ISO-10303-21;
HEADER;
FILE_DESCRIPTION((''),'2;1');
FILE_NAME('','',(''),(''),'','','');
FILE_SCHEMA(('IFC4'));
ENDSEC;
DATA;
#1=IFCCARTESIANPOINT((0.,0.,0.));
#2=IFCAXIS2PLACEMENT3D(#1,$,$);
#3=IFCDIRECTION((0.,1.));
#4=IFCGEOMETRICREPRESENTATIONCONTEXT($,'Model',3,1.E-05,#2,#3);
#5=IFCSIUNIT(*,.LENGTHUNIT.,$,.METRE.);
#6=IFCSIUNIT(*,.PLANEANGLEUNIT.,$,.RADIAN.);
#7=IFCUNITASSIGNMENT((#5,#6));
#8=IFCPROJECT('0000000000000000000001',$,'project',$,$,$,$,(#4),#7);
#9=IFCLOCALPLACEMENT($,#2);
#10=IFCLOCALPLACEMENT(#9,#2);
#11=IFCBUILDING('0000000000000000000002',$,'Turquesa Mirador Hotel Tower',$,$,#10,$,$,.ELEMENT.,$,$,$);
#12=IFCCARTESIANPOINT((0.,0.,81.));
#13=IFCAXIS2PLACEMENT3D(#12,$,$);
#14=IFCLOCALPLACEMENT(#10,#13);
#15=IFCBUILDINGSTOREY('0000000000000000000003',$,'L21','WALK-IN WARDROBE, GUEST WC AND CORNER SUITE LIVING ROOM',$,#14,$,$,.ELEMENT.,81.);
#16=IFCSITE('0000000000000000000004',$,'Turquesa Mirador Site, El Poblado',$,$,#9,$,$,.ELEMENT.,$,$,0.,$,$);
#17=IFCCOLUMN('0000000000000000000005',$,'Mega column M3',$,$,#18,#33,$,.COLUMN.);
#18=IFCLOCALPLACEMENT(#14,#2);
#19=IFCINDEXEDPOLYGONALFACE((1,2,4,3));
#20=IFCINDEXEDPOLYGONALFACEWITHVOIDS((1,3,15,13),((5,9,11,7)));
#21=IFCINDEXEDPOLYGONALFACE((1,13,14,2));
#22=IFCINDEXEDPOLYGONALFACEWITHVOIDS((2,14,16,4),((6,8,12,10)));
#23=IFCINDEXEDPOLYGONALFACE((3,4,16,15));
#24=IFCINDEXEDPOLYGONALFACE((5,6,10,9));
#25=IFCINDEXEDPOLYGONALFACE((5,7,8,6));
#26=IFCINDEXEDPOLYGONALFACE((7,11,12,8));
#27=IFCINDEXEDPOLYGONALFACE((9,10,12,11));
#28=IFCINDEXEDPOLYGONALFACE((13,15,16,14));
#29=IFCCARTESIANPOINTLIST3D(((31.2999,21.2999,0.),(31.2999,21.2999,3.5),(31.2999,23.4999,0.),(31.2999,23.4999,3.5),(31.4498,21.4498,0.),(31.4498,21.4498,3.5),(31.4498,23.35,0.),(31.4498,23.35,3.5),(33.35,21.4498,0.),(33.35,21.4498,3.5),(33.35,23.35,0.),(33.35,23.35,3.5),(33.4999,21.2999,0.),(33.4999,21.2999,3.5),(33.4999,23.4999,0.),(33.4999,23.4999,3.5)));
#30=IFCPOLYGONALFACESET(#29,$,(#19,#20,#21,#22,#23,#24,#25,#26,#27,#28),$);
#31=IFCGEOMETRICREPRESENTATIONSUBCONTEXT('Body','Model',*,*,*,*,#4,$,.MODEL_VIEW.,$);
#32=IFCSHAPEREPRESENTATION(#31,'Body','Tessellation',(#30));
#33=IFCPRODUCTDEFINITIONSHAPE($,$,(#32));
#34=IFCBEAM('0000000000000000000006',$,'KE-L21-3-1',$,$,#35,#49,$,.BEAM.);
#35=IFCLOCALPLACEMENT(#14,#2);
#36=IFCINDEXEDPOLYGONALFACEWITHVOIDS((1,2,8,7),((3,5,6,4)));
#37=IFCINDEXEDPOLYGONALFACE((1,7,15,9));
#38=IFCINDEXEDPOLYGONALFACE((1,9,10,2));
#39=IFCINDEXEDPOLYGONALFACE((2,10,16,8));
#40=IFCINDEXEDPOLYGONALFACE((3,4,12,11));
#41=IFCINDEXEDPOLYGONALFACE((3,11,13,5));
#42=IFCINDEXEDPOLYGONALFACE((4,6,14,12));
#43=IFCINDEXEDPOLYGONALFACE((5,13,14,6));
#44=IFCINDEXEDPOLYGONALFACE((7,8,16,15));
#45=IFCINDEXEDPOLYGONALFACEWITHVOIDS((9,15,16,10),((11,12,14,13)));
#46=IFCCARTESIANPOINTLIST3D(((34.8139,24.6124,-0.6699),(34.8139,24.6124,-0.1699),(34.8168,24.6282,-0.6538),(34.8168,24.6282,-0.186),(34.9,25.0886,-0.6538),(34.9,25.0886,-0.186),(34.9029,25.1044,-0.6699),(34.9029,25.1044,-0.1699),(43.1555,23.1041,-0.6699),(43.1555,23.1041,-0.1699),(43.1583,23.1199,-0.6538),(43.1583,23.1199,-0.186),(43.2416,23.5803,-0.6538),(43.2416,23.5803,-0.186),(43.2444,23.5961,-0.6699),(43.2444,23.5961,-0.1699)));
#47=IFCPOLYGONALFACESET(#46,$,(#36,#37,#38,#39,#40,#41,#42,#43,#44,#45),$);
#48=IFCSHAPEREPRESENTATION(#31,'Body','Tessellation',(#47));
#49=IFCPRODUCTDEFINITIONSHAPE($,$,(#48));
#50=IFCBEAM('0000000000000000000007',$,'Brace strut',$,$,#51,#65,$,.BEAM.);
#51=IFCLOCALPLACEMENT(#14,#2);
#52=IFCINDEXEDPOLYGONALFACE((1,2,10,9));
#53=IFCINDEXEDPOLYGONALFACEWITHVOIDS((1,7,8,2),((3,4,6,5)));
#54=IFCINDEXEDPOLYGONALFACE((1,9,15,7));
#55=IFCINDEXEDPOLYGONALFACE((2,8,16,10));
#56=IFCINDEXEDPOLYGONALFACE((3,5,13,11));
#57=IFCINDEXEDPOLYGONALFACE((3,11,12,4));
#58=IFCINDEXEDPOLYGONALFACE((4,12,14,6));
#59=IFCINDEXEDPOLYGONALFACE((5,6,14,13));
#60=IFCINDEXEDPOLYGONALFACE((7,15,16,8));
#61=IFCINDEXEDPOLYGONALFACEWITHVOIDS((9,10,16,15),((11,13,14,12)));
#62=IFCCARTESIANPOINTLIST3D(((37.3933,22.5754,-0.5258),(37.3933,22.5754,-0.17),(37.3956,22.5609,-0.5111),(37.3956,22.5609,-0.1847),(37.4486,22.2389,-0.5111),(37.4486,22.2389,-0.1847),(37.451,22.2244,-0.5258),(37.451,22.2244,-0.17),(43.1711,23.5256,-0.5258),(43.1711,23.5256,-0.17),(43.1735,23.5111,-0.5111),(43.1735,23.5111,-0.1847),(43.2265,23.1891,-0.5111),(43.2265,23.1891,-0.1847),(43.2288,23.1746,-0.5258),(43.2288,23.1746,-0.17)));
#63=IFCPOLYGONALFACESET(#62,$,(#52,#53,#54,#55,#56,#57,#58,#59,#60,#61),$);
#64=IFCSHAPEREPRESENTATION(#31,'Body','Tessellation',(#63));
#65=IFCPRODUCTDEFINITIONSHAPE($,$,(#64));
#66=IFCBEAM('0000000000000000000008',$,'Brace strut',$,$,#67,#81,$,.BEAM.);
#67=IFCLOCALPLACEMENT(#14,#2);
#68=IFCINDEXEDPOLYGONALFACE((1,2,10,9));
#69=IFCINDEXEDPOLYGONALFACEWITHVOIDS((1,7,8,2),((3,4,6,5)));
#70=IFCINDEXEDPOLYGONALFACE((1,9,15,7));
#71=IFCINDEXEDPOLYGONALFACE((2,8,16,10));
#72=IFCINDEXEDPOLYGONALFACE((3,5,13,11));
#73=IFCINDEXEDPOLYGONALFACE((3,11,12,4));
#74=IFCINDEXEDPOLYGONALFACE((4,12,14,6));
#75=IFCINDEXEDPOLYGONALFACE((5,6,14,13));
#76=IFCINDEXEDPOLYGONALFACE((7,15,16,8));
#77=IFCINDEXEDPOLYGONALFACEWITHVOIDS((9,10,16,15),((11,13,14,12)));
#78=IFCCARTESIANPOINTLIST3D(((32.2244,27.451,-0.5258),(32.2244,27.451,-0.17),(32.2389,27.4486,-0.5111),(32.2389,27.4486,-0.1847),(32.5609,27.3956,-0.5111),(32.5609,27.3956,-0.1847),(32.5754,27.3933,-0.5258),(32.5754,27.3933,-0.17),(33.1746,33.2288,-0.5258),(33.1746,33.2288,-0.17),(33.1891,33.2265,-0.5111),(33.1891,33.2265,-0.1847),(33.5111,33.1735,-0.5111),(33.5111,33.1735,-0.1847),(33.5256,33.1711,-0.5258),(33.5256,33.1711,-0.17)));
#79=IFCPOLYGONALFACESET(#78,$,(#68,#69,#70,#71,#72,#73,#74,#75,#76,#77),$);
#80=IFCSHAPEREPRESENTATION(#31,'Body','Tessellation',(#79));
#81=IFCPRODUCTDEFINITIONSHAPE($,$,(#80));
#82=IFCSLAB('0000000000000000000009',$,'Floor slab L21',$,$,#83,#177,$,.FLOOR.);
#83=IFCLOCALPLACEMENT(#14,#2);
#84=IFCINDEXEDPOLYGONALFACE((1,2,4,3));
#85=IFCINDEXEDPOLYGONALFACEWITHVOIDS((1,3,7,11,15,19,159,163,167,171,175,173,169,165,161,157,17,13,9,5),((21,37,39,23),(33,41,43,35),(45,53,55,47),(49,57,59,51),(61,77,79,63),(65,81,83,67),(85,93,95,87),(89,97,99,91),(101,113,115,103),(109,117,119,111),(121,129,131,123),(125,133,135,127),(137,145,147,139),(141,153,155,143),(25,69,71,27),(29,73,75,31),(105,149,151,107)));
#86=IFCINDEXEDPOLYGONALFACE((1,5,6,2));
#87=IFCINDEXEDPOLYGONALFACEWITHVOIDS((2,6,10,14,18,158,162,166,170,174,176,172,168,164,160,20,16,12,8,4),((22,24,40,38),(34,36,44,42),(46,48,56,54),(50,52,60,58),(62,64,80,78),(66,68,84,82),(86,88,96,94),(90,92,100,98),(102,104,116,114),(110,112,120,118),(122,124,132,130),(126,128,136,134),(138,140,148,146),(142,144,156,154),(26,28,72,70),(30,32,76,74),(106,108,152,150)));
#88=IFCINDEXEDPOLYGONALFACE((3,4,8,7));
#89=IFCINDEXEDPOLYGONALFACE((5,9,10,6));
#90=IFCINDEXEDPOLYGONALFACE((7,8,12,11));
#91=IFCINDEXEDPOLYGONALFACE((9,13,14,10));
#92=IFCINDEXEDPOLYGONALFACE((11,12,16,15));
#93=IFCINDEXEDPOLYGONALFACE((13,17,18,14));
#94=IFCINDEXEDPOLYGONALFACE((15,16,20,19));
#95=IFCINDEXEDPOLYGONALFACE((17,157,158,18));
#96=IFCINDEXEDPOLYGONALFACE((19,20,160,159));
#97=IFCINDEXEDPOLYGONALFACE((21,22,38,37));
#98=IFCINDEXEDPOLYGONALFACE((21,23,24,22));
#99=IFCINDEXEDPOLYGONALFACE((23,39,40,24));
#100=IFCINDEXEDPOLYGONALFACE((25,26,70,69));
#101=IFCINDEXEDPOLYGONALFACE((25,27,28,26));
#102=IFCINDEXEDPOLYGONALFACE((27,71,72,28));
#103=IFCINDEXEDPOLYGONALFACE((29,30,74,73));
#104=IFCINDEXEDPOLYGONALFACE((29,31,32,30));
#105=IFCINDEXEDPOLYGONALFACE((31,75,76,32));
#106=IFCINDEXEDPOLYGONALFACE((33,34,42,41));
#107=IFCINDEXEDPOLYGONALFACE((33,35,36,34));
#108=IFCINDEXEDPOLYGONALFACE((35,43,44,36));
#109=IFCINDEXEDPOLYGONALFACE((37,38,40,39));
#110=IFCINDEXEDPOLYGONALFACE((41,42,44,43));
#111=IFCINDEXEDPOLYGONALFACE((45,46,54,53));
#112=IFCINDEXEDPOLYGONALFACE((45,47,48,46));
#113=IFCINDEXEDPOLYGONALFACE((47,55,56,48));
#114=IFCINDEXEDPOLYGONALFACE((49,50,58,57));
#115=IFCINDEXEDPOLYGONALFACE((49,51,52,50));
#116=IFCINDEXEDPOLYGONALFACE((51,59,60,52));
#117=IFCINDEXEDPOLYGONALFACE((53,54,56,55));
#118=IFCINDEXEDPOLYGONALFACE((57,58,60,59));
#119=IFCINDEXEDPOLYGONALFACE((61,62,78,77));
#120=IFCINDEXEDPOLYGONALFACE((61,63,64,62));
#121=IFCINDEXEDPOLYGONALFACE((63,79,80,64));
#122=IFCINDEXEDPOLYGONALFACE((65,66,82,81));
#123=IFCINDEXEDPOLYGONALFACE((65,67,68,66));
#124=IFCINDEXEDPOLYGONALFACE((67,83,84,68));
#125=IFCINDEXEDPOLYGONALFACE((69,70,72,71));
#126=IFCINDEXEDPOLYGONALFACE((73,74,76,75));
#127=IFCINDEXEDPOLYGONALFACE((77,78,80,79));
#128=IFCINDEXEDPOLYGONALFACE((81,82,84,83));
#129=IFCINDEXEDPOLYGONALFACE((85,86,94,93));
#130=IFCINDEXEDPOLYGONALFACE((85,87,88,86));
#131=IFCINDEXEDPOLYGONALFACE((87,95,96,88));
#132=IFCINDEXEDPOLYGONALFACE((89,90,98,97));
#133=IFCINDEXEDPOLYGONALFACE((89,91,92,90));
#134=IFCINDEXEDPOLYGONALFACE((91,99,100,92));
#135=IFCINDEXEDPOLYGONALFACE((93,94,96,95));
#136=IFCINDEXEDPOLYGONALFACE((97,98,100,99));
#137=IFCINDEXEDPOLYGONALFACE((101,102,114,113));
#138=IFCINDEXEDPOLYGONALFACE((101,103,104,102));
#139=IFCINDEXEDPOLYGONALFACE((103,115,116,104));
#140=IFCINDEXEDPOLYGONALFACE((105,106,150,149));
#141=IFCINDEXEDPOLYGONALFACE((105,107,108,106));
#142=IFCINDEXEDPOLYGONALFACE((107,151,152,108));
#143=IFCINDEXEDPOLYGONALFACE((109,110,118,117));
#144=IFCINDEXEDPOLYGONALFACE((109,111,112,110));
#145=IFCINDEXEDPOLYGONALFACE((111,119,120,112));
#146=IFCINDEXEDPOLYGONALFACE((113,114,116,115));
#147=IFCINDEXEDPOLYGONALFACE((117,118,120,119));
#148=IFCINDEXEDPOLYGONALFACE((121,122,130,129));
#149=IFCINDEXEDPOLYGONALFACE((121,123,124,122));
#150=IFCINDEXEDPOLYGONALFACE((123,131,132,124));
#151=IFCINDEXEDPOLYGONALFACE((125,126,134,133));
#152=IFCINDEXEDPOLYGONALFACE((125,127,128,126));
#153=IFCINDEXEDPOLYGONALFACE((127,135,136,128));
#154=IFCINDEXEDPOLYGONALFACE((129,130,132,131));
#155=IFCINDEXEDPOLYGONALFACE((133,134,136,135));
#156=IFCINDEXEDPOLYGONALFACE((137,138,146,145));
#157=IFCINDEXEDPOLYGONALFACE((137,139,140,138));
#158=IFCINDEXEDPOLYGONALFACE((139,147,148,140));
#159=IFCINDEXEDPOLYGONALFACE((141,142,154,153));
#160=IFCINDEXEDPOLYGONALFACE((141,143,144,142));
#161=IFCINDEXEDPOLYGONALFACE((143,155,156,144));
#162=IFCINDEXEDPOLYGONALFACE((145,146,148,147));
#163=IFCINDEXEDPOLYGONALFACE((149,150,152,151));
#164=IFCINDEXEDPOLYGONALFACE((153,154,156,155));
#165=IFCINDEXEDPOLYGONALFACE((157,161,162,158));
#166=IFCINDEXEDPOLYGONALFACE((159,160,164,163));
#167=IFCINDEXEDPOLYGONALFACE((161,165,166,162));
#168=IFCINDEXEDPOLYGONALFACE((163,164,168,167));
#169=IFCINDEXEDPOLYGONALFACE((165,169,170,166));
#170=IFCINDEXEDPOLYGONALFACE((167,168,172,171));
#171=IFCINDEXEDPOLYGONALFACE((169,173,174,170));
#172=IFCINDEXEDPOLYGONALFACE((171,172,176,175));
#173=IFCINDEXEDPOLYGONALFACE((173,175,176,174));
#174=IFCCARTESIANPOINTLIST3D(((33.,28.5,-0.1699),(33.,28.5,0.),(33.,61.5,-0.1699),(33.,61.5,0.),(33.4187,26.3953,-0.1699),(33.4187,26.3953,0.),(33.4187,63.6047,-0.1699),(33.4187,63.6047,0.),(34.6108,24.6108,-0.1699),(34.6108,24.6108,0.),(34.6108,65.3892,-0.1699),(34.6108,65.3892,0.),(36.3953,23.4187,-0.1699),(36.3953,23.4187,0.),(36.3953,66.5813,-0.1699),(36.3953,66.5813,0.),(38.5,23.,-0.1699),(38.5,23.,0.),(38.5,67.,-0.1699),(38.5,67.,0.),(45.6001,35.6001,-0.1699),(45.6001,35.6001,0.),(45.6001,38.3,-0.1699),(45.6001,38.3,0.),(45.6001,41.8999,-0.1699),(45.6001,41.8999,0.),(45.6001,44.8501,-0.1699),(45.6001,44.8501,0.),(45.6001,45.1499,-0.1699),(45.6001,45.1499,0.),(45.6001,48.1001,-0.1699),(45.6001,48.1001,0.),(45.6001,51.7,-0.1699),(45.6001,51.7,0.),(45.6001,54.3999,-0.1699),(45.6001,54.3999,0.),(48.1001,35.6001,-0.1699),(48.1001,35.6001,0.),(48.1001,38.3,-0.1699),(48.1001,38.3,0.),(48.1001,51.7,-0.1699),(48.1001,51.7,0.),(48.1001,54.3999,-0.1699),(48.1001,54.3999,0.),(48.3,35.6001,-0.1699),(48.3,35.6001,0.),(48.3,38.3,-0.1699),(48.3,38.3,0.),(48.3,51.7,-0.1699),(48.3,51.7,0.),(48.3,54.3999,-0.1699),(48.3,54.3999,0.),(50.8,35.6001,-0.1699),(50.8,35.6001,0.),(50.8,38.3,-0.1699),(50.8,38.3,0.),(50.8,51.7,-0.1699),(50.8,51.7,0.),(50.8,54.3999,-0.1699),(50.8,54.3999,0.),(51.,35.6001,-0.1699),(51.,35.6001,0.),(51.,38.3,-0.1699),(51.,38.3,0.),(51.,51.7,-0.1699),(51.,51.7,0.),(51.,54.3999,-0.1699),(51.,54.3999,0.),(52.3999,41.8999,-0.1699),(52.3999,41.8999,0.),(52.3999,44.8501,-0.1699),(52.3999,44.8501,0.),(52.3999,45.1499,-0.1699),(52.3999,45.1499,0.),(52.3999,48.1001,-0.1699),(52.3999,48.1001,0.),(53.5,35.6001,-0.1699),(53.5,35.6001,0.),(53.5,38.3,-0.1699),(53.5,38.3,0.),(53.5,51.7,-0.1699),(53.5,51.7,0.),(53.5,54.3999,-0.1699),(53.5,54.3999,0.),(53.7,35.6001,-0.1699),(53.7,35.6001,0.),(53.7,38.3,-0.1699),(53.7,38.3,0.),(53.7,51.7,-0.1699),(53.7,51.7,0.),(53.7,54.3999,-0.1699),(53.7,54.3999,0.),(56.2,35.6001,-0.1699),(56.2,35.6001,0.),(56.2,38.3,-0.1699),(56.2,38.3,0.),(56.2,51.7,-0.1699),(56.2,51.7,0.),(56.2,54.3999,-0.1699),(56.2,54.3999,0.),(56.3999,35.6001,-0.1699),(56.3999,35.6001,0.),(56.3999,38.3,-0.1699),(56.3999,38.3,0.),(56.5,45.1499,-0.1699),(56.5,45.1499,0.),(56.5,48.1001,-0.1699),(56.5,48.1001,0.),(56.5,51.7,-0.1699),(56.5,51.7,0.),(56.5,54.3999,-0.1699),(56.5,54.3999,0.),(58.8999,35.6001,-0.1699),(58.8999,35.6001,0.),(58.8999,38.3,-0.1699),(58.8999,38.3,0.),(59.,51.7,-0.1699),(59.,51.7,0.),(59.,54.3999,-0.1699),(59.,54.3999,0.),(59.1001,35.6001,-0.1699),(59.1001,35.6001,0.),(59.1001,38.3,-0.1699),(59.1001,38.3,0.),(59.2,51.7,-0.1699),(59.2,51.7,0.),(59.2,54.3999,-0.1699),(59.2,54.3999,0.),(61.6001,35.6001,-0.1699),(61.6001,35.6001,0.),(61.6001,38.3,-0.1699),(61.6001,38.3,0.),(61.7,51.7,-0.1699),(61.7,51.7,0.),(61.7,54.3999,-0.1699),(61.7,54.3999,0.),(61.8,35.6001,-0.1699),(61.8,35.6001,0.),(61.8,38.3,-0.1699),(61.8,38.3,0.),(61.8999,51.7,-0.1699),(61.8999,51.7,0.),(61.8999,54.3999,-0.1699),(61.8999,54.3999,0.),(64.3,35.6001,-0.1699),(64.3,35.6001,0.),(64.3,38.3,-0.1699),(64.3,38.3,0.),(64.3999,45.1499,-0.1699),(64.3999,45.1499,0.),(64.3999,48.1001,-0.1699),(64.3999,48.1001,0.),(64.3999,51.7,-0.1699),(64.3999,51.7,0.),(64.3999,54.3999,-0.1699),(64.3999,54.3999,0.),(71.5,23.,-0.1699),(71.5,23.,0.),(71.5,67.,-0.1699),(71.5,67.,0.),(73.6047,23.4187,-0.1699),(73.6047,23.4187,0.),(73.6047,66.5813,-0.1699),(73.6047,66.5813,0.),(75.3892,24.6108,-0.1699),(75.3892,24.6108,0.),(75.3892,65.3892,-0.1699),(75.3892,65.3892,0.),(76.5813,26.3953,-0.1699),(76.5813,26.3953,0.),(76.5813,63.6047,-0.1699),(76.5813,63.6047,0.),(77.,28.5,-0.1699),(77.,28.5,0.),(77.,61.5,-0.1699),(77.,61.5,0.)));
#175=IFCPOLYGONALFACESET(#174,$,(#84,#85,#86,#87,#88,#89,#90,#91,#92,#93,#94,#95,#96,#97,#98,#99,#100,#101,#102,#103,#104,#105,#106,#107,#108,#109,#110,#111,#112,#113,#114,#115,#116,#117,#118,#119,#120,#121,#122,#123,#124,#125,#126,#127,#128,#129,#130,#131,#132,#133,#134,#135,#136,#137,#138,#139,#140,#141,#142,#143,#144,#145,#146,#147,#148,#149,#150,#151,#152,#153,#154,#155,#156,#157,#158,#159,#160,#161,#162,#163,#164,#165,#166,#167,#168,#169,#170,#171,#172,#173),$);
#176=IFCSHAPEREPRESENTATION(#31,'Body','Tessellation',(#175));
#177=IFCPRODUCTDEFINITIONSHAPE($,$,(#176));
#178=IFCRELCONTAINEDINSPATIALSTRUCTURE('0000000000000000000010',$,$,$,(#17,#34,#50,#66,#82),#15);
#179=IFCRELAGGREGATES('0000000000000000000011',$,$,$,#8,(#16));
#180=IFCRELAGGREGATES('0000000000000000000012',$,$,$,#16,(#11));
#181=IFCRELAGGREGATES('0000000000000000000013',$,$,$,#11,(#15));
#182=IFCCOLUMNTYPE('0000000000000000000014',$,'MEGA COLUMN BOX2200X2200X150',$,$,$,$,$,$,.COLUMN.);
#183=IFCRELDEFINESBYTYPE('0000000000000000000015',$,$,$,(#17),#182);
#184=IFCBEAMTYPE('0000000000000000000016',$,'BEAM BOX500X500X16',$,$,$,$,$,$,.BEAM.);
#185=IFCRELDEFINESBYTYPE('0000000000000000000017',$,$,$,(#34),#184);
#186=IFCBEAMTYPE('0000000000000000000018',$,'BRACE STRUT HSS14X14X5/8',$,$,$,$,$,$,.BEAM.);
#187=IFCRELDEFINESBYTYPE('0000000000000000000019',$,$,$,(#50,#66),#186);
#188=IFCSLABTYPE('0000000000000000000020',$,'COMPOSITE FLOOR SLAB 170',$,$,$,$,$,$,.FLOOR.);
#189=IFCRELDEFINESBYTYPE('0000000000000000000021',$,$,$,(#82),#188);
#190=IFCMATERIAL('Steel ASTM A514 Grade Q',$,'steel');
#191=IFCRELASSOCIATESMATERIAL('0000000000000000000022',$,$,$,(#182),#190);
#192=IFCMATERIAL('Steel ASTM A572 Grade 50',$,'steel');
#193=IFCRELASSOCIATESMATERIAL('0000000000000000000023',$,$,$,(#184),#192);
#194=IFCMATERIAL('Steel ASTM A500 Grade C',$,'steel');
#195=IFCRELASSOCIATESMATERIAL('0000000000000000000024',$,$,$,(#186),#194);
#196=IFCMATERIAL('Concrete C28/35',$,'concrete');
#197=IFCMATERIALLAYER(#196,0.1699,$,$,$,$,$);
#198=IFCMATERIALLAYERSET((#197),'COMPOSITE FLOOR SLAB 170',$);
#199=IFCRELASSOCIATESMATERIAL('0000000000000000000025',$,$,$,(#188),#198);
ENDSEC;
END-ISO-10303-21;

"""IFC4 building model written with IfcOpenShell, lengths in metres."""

from ifc_helpers import new_model, si_unit, direction, frame, origin, origin_2d, place, context, subcontext, project, spatial, polyline, hollow_rectangle, outline, extrude, material, layer, layer_set, material_profile, profile_set, type_object, element, save


model = new_model("IFC4")

# Units and contexts
model_context = context("Model", 3, precision=1e-05, world=origin(), true_north=direction((0.0, 1.0)))
body_context = subcontext(model_context, "Body", "Model", "MODEL_VIEW")
ifc_project = project(units=[si_unit("LENGTHUNIT", "METRE"), si_unit("PLANEANGLEUNIT", "RADIAN")], contexts=[model_context])

# Site, building, storey
site_placement = place(None, origin())
site = spatial("IfcSite", under=ifc_project, at=site_placement, Name="Turquesa Mirador Site, El Poblado", CompositionType="ELEMENT", RefElevation=0.0)
building_placement = place(site_placement, origin())
building = spatial("IfcBuilding", under=site, at=building_placement, Name="Turquesa Mirador Hotel Tower", CompositionType="ELEMENT")
storey_placement = place(building_placement, frame((0.0, 0.0, 81.0)))
storey = spatial("IfcBuildingStorey", under=building, at=storey_placement, Name="L21", Description="WALK-IN WARDROBE, GUEST WC AND CORNER SUITE LIVING ROOM", CompositionType="ELEMENT", Elevation=81.0)

# Column
ifc_material_1 = material(Name="Steel ASTM A514 Grade Q", Category="steel")
ifc_material_profile_1 = material_profile(ifc_material_1, hollow_rectangle(XDim=2.2, YDim=2.2, WallThickness=0.1499, at=origin_2d()), Name="BOX2200X2200X150")
ifc_profile_set_1 = profile_set([ifc_material_profile_1], Name="Steel ASTM A514 Grade Q")
column_type = type_object("IfcColumnType", Name="MEGA COLUMN BOX2200X2200X150", PredefinedType="COLUMN", material=ifc_profile_set_1)
column_placement = place(storey_placement, frame((32.3999, 22.3999, 0.0), z_axis=(0.0, 0.0, 1.0), x_axis=(1.0, 0.0, 0.0)))
element("IfcColumn", 1, at=column_placement, inside=storey, type_object=column_type, Name="Mega column M3", PredefinedType="COLUMN", context=body_context, shape_type="SweptSolid", body=[
    extrude(hollow_rectangle(XDim=2.2, YDim=2.2, WallThickness=0.1499, at=origin_2d()), origin(), (0.0, 0.0, 1.0), 3.5),
])

# Beams
ifc_material_2 = material(Name="Steel ASTM A572 Grade 50", Category="steel")
ifc_material_profile_2 = material_profile(ifc_material_2, hollow_rectangle(XDim=0.5, YDim=0.5, WallThickness=0.0161, at=origin_2d()), Name="BOX500X500X16")
ifc_profile_set_2 = profile_set([ifc_material_profile_2], Name="Steel ASTM A572 Grade 50")
beam_type_1 = type_object("IfcBeamType", Name="BEAM BOX500X500X16", PredefinedType="BEAM", material=ifc_profile_set_2)
beam_placement = place(storey_placement, frame((34.8584, 24.8584, -0.4199), z_axis=(0.984043, -0.177932, 0.0), x_axis=(0.177932, 0.984043, 0.0)))
element("IfcBeam", 2, at=beam_placement, inside=storey, type_object=beam_type_1, Name="KE-L21-3-1", PredefinedType="BEAM", context=body_context, shape_type="SweptSolid", body=[
    extrude(hollow_rectangle(XDim=0.5, YDim=0.5, WallThickness=0.0161, at=origin_2d()), origin(), (0.0, 0.0, 1.0), 8.4768),
])
ifc_material_3 = material(Name="Steel ASTM A500 Grade C", Category="steel")
ifc_material_profile_3 = material_profile(ifc_material_3, hollow_rectangle(XDim=0.3557, YDim=0.3557, WallThickness=0.0146, at=origin_2d()), Name="HSS14X14X5/8")
ifc_profile_set_3 = profile_set([ifc_material_profile_3], Name="Steel ASTM A500 Grade C")
beam_type_2 = type_object("IfcBeamType", Name="BRACE STRUT HSS14X14X5/8", PredefinedType="BEAM", material=ifc_profile_set_3)
for number, where, z_axis, x_axis, name in (
    (3, (37.4221, 22.3999, -0.3479), (0.986745, 0.162276, 0.0), (-0.162276, 0.986745, 0.0), "Brace strut"),
    (4, (32.3999, 27.4221, -0.3479), (0.162276, 0.986745, 0.0), (-0.986745, 0.162276, 0.0), "Brace strut"),
):
    element("IfcBeam", number, at=place(storey_placement, frame(where, z_axis=z_axis, x_axis=x_axis)), inside=storey, type_object=beam_type_2, Name=name, PredefinedType="BEAM", context=body_context, shape_type="SweptSolid", body=[
        extrude(hollow_rectangle(XDim=0.3557, YDim=0.3557, WallThickness=0.0146, at=origin_2d()), origin(), (0.0, 0.0, 1.0), 5.8555),
    ])

# Slab
ifc_material_4 = material(Name="Concrete C28/35", Category="concrete")
ifc_layer_1 = layer(ifc_material_4, 0.1699)
ifc_layer_set_1 = layer_set([ifc_layer_1], Name="COMPOSITE FLOOR SLAB 170")
slab_type_1 = type_object("IfcSlabType", Name="COMPOSITE FLOOR SLAB 170", PredefinedType="FLOOR", material=ifc_layer_set_1)
slab_1_placement = place(storey_placement, frame((0.0, 0.0, -0.1699)))
element("IfcSlab", 5, at=slab_1_placement, inside=storey, type_object=slab_type_1, Name="Floor slab L21", PredefinedType="FLOOR", context=body_context, shape_type="SweptSolid", body=[
    extrude(outline(polyline([(71.5, 23.0), (73.6047, 23.4187), (75.3892, 24.6108), (76.5813, 26.3953), (77.0, 28.5), (77.0, 61.5), (76.5813, 63.6047), (75.3892, 65.3892), (73.6047, 66.5813), (71.5, 67.0), (38.5, 67.0), (36.3953, 66.5813), (34.6108, 65.3892), (33.4187, 63.6047), (33.0, 61.5), (33.0, 28.5), (33.4187, 26.3953), (34.6108, 24.6108), (36.3953, 23.4187), (38.5, 23.0), (71.5, 23.0)]), holes=[polyline([(45.6001, 51.7), (48.1001, 51.7), (48.1001, 54.3999), (45.6001, 54.3999), (45.6001, 51.7)]), polyline([(48.3, 51.7), (50.8, 51.7), (50.8, 54.3999), (48.3, 54.3999), (48.3, 51.7)]), polyline([(51.0, 51.7), (53.5, 51.7), (53.5, 54.3999), (51.0, 54.3999), (51.0, 51.7)]), polyline([(53.7, 51.7), (56.2, 51.7), (56.2, 54.3999), (53.7, 54.3999), (53.7, 51.7)]), polyline([(56.5, 51.7), (59.0, 51.7), (59.0, 54.3999), (56.5, 54.3999), (56.5, 51.7)]), polyline([(59.2, 51.7), (61.7, 51.7), (61.7, 54.3999), (59.2, 54.3999), (59.2, 51.7)]), polyline([(45.6001, 35.6001), (48.1001, 35.6001), (48.1001, 38.3), (45.6001, 38.3), (45.6001, 35.6001)]), polyline([(48.3, 35.6001), (50.8, 35.6001), (50.8, 38.3), (48.3, 38.3), (48.3, 35.6001)]), polyline([(51.0, 35.6001), (53.5, 35.6001), (53.5, 38.3), (51.0, 38.3), (51.0, 35.6001)]), polyline([(53.7, 35.6001), (56.2, 35.6001), (56.2, 38.3), (53.7, 38.3), (53.7, 35.6001)]), polyline([(56.3999, 35.6001), (58.8999, 35.6001), (58.8999, 38.3), (56.3999, 38.3), (56.3999, 35.6001)]), polyline([(59.1001, 35.6001), (61.6001, 35.6001), (61.6001, 38.3), (59.1001, 38.3), (59.1001, 35.6001)]), polyline([(61.8, 35.6001), (64.3, 35.6001), (64.3, 38.3), (61.8, 38.3), (61.8, 35.6001)]), polyline([(45.6001, 45.1499), (52.3999, 45.1499), (52.3999, 48.1001), (45.6001, 48.1001), (45.6001, 45.1499)]), polyline([(45.6001, 41.8999), (52.3999, 41.8999), (52.3999, 44.8501), (45.6001, 44.8501), (45.6001, 41.8999)]), polyline([(56.5, 45.1499), (64.3999, 45.1499), (64.3999, 48.1001), (56.5, 48.1001), (56.5, 45.1499)]), polyline([(61.8999, 51.7), (64.3999, 51.7), (64.3999, 54.3999), (61.8999, 54.3999), (61.8999, 51.7)])]), origin(), (0.0, 0.0, 1.0), 0.1699),
])

save(model, "model.ifc")
